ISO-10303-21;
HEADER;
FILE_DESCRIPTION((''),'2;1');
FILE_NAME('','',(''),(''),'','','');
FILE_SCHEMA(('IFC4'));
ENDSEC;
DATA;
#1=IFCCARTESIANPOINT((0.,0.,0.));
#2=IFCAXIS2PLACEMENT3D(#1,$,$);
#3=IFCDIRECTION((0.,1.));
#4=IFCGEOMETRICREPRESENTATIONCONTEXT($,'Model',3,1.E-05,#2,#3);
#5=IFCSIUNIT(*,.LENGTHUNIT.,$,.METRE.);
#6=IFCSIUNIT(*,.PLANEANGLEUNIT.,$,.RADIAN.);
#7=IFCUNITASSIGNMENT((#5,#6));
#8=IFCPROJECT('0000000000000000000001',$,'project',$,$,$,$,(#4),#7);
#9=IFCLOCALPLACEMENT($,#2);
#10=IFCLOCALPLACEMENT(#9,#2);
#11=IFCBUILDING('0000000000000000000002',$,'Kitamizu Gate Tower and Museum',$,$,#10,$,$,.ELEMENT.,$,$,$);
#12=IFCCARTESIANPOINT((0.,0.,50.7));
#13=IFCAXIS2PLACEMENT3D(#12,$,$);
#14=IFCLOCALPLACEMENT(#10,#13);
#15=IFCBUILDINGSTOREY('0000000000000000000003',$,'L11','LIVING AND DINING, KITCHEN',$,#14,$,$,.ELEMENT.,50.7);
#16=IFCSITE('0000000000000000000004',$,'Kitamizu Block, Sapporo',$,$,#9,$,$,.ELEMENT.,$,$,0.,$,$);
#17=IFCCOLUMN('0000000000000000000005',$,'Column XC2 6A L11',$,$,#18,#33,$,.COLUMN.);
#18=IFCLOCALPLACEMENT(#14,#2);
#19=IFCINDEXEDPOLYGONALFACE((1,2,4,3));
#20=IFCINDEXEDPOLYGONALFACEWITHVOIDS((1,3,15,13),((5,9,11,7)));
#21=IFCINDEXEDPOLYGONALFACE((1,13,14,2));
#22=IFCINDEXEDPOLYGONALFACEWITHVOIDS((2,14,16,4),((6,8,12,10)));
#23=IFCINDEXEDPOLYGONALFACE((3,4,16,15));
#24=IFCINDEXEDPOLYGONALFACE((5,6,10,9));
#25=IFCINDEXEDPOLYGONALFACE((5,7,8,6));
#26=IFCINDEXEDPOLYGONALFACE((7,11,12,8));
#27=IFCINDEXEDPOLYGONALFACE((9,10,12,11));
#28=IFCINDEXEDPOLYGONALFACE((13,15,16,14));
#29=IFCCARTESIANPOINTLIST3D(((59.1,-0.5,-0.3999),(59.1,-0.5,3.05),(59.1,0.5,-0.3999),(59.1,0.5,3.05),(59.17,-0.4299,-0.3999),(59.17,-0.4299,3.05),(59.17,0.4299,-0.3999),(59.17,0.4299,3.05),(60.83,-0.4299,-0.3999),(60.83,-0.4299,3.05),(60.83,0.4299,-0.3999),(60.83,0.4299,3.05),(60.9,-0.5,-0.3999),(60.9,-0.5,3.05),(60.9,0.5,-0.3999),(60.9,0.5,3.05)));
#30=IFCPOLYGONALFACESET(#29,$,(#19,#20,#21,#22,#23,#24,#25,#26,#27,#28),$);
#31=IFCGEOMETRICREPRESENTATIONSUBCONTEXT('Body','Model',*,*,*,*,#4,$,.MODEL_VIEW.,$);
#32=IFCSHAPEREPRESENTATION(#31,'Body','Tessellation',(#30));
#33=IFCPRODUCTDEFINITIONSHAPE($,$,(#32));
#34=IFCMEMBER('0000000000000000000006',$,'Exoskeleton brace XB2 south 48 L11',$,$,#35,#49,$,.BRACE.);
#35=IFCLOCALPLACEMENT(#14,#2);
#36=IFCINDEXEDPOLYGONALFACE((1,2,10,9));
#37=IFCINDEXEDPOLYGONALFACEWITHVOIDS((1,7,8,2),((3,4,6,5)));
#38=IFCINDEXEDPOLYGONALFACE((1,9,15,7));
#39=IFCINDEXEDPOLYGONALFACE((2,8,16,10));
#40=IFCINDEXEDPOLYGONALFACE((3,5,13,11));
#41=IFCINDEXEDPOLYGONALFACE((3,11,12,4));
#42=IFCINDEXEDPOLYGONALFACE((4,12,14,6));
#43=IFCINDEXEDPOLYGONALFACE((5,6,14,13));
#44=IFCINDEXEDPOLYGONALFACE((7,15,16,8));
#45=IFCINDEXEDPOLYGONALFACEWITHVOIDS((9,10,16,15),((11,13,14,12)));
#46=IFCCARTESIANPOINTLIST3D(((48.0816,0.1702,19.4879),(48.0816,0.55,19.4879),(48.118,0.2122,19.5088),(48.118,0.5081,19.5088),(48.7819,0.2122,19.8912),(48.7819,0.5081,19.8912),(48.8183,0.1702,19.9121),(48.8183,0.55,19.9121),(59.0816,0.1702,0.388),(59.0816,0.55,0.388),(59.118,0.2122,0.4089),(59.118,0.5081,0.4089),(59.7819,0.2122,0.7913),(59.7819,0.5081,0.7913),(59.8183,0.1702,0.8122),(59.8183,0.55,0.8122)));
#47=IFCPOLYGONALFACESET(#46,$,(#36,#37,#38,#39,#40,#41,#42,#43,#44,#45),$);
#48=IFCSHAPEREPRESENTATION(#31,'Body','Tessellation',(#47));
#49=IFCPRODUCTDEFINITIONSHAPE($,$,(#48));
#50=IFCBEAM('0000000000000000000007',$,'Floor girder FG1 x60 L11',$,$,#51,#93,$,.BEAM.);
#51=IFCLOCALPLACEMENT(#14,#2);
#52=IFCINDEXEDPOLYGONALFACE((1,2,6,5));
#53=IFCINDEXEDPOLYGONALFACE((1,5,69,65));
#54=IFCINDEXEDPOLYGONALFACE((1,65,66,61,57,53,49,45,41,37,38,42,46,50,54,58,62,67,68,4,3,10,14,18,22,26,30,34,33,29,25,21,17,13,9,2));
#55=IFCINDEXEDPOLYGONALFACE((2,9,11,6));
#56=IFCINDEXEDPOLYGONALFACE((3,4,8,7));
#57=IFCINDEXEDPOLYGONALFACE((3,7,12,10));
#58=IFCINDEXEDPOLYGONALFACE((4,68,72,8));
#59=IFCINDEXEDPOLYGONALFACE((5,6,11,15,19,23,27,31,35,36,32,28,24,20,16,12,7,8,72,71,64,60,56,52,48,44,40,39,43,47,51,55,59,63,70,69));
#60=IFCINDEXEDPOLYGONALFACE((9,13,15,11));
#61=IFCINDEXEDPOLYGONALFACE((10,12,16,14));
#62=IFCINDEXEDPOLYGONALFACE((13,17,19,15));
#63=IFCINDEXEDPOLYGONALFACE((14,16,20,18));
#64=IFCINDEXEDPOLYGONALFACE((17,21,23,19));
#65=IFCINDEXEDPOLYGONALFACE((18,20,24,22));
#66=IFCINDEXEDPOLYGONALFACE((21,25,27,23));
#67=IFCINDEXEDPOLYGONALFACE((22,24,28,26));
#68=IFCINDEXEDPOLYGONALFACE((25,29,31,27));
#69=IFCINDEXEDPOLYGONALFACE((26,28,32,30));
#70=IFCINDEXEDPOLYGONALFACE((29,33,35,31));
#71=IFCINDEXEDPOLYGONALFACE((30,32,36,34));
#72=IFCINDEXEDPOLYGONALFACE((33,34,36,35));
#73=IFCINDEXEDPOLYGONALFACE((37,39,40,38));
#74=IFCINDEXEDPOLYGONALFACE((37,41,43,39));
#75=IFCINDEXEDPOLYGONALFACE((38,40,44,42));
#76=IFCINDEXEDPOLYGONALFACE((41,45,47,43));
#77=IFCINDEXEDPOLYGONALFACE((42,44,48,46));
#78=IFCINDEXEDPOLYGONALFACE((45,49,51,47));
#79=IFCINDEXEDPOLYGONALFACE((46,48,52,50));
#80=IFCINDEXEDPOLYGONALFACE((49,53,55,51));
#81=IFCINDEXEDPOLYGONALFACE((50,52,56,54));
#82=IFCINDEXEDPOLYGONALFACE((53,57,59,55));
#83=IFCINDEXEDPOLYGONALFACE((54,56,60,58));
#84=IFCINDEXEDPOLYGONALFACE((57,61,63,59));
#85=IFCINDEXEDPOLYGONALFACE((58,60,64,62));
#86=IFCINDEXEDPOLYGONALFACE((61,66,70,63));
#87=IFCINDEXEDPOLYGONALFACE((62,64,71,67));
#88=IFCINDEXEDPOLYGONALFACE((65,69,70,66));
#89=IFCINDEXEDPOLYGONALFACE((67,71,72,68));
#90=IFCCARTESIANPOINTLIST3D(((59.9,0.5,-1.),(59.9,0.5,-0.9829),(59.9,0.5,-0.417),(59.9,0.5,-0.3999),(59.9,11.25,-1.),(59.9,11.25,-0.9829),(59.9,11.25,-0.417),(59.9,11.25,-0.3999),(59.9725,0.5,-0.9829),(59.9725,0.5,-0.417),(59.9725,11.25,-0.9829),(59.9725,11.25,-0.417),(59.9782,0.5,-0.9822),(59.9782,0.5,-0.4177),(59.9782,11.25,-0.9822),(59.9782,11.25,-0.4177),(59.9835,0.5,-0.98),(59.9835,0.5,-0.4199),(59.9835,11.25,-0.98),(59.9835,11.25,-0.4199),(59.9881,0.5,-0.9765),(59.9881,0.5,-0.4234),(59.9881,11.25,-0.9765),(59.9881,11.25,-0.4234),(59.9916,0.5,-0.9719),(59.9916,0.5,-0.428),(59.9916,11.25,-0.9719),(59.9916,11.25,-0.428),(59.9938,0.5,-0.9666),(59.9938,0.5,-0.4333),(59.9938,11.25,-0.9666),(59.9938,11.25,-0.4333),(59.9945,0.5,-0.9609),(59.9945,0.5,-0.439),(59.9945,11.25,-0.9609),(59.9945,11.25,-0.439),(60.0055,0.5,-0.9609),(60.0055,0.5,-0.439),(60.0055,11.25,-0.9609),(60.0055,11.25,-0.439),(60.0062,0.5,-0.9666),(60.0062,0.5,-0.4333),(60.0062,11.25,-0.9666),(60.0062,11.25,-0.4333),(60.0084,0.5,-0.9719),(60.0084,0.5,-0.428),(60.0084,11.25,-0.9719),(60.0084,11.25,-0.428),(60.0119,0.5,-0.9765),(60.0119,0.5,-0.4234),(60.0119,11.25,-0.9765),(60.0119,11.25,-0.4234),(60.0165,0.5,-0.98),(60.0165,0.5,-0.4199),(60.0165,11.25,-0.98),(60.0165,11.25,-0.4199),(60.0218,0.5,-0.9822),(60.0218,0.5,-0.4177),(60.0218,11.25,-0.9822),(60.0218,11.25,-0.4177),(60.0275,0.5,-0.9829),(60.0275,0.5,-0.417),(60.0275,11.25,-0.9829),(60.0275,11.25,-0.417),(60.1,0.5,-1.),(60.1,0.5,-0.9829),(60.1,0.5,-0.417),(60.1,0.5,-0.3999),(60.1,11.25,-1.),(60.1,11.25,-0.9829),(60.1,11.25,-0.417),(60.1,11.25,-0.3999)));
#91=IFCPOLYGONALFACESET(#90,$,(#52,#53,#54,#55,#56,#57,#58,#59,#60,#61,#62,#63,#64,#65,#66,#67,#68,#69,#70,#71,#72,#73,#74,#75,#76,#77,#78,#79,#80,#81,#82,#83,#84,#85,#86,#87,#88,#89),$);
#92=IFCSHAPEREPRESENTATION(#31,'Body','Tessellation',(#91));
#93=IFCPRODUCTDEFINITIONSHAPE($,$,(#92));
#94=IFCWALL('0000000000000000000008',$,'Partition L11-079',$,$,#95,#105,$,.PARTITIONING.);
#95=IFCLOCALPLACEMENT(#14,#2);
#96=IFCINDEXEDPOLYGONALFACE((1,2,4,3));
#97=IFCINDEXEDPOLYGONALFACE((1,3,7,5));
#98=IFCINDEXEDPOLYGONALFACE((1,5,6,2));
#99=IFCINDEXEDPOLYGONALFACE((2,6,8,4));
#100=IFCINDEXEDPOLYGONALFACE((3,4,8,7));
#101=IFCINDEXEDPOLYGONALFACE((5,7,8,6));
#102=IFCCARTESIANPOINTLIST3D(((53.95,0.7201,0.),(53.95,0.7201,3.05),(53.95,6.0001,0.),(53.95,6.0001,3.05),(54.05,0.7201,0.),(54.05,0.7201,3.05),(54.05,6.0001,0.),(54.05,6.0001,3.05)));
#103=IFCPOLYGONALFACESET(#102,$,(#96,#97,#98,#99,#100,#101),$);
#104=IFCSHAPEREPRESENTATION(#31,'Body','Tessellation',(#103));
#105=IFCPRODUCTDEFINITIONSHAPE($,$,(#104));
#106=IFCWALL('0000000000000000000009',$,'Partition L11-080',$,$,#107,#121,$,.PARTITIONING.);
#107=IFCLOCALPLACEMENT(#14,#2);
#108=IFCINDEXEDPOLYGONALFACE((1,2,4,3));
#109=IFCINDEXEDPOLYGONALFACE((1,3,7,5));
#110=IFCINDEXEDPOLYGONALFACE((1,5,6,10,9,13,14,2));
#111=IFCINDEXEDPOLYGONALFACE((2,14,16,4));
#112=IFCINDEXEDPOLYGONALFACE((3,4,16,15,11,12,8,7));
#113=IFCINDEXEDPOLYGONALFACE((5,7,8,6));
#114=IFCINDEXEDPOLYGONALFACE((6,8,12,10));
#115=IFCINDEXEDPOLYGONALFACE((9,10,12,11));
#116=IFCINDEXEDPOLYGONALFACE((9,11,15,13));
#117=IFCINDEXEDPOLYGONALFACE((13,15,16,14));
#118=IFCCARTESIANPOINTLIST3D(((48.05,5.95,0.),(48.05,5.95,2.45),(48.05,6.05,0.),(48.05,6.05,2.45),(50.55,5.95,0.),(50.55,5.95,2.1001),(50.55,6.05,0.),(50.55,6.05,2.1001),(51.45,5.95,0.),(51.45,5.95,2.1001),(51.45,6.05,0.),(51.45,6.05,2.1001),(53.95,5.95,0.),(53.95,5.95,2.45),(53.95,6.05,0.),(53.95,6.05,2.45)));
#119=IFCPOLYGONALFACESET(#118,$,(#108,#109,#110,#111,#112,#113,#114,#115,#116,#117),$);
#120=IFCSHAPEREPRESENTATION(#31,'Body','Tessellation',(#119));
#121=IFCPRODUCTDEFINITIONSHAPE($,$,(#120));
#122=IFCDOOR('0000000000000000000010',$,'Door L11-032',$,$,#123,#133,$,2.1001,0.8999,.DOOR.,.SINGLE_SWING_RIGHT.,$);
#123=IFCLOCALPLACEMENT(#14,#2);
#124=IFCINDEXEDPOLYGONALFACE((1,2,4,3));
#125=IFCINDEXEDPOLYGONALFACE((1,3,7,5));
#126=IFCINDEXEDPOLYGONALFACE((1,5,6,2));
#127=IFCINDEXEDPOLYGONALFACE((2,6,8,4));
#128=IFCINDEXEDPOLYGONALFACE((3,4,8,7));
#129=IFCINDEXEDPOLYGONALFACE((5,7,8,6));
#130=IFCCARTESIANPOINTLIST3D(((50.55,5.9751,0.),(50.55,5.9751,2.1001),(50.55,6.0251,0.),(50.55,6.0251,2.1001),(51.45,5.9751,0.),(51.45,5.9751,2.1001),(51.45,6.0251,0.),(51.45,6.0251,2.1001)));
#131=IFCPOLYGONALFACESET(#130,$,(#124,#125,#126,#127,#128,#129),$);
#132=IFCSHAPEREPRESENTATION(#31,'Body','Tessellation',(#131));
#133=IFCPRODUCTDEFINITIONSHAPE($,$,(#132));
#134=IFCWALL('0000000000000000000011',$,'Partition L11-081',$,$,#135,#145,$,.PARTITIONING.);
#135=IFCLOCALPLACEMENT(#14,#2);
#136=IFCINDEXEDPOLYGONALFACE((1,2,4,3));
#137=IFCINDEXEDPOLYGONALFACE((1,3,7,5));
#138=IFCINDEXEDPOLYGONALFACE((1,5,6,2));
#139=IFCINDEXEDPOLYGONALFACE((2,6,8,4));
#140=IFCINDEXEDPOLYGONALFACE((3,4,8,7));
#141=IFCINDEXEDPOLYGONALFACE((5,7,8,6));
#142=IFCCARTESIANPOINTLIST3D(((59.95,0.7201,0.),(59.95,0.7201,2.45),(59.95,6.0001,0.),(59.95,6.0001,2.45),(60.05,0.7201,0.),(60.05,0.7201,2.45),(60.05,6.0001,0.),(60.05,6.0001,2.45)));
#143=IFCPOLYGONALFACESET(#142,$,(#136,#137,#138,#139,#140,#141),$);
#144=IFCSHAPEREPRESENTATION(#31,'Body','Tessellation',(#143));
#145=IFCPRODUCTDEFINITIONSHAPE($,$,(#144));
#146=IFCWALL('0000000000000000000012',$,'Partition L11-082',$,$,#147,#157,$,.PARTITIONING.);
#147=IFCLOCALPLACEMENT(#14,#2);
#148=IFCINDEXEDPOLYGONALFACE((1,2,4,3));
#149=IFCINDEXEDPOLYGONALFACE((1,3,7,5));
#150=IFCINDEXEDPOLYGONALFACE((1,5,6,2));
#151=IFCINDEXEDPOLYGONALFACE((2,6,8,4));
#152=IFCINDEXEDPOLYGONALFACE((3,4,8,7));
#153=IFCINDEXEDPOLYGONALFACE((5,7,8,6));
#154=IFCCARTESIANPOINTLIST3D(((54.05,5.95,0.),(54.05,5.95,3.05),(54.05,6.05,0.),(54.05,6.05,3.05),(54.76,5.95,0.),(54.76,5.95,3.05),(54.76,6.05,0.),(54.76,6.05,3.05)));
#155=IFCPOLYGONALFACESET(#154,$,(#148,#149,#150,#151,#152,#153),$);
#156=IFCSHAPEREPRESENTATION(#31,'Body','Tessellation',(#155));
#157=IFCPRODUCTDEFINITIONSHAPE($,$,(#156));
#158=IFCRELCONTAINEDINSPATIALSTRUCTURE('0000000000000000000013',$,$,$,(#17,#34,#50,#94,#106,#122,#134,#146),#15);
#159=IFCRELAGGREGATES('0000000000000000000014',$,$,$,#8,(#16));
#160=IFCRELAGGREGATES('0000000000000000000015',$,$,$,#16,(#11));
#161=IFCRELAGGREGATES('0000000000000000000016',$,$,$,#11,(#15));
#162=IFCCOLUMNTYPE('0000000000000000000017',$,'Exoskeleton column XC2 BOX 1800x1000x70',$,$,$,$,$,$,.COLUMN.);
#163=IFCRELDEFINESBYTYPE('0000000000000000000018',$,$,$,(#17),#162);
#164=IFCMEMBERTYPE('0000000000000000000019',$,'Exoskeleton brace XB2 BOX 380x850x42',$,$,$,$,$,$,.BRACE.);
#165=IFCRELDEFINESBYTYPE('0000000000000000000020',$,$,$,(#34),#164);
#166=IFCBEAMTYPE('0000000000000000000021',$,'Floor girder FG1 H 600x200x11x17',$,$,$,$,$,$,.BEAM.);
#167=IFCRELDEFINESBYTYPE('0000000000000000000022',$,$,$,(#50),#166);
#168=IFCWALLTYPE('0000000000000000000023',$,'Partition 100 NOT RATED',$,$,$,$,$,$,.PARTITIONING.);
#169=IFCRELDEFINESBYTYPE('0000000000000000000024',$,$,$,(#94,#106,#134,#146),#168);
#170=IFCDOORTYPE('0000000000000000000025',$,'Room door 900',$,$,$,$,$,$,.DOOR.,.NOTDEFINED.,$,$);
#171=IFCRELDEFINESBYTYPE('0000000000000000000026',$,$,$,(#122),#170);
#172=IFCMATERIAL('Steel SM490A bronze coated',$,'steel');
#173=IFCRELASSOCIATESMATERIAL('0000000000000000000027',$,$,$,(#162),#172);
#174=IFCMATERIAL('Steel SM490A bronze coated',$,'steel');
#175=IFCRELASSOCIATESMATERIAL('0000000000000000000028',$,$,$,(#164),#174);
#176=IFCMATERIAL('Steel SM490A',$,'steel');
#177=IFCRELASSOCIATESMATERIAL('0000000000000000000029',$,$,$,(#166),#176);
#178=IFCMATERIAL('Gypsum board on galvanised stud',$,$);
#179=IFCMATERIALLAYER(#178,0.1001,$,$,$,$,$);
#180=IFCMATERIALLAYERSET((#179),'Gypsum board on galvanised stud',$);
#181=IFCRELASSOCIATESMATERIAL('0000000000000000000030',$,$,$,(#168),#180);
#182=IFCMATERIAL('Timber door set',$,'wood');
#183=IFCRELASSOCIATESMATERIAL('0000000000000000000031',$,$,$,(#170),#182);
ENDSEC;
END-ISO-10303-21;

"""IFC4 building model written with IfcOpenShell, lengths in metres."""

from ifc_helpers import new_model, si_unit, direction, frame, frame_2d, origin, origin_2d, place, context, subcontext, project, spatial, rectangle, hollow_rectangle, i_section, extrude, material, layer, layer_set, material_profile, profile_set, type_object, element, fill, save


model = new_model("IFC4")

# Units and contexts
model_context = context("Model", 3, precision=1e-05, world=origin(), true_north=direction((0.0, 1.0)))
body_context = subcontext(model_context, "Body", "Model", "MODEL_VIEW")
ifc_project = project(units=[si_unit("LENGTHUNIT", "METRE"), si_unit("PLANEANGLEUNIT", "RADIAN")], contexts=[model_context])

# Site, building, storey
site_placement = place(None, origin())
site = spatial("IfcSite", under=ifc_project, at=site_placement, Name="Kitamizu Block, Sapporo", CompositionType="ELEMENT", RefElevation=0.0)
building_placement = place(site_placement, origin())
building = spatial("IfcBuilding", under=site, at=building_placement, Name="Kitamizu Gate Tower and Museum", CompositionType="ELEMENT")
storey_placement = place(building_placement, frame((0.0, 0.0, 50.7)))
storey = spatial("IfcBuildingStorey", under=building, at=storey_placement, Name="L11", Description="LIVING AND DINING, KITCHEN", CompositionType="ELEMENT", Elevation=50.7)

# Column
ifc_material_1 = material(Name="Steel SM490A bronze coated", Category="steel")
ifc_material_profile_1 = material_profile(ifc_material_1, hollow_rectangle(XDim=1.8, YDim=1.0, WallThickness=0.0701, at=origin_2d()), Name="BOX 1800x1000x70")
ifc_profile_set_1 = profile_set([ifc_material_profile_1], Name="Steel SM490A bronze coated")
column_type = type_object("IfcColumnType", Name="Exoskeleton column XC2 BOX 1800x1000x70", PredefinedType="COLUMN", material=ifc_profile_set_1)
column_placement = place(storey_placement, frame((60.0, 0.0, -0.3999), z_axis=(0.0, 0.0, 1.0), x_axis=(1.0, 0.0, 0.0)))
element("IfcColumn", 1, at=column_placement, inside=storey, type_object=column_type, Name="Column XC2 6A L11", PredefinedType="COLUMN", context=body_context, shape_type="SweptSolid", body=[
    extrude(hollow_rectangle(XDim=1.8, YDim=1.0, WallThickness=0.0701, at=origin_2d()), origin(), (0.0, 0.0, 1.0), 3.45),
])

# Member
ifc_material_2 = material(Name="Steel SM490A bronze coated", Category="steel")
ifc_material_profile_2 = material_profile(ifc_material_2, hollow_rectangle(XDim=0.3799, YDim=0.8501, WallThickness=0.042, at=origin_2d()), Name="BOX 380x850x42")
ifc_profile_set_2 = profile_set([ifc_material_profile_2], Name="Steel SM490A bronze coated")
member_type = type_object("IfcMemberType", Name="Exoskeleton brace XB2 BOX 380x850x42", PredefinedType="BRACE", material=ifc_profile_set_2)
member_placement = place(storey_placement, frame((59.45, 0.3601, 0.6001), z_axis=(-0.499071, 0.0, 0.866561), x_axis=(0.0, -1.0, 0.0)))
element("IfcMember", 2, at=member_placement, inside=storey, type_object=member_type, Name="Exoskeleton brace XB2 south 48 L11", PredefinedType="BRACE", context=body_context, shape_type="SweptSolid", body=[
    extrude(hollow_rectangle(XDim=0.3799, YDim=0.8501, WallThickness=0.042, at=origin_2d()), origin(), (0.0, 0.0, 1.0), 22.041),
])

# Beam
ifc_material_3 = material(Name="Steel SM490A", Category="steel")
ifc_material_profile_3 = material_profile(ifc_material_3, i_section(OverallWidth=0.2, OverallDepth=0.6001, WebThickness=0.011, FlangeThickness=0.0171, FilletRadius=0.022, at=origin_2d()), Name="H-600x200x11x17")
ifc_profile_set_3 = profile_set([ifc_material_profile_3], Name="Steel SM490A")
beam_type = type_object("IfcBeamType", Name="Floor girder FG1 H 600x200x11x17", PredefinedType="BEAM", material=ifc_profile_set_3)
beam_placement = place(storey_placement, frame((60.0, 0.5, -0.7), z_axis=(0.0, 1.0, 0.0), x_axis=(-1.0, 0.0, 0.0)))
element("IfcBeam", 3, at=beam_placement, inside=storey, type_object=beam_type, Name="Floor girder FG1 x60 L11", PredefinedType="BEAM", context=body_context, shape_type="SweptSolid", body=[
    extrude(i_section(OverallWidth=0.2, OverallDepth=0.6001, WebThickness=0.011, FlangeThickness=0.0171, FilletRadius=0.022, at=origin_2d()), origin(), (0.0, 0.0, 1.0), 10.75),
])

# Wall
ifc_material_4 = material(Name="Gypsum board on galvanised stud")
ifc_layer = layer(ifc_material_4, 0.1001)
ifc_layer_set = layer_set([ifc_layer], Name="Gypsum board on galvanised stud")
wall_type = type_object("IfcWallType", Name="Partition 100 NOT RATED", PredefinedType="PARTITIONING", material=ifc_layer_set)
wall_1_placement = place(storey_placement, frame((54.0, 0.72, 0.0), z_axis=(0.0, 0.0, 1.0), x_axis=(0.0, 1.0, 0.0)))
element("IfcWall", 4, at=wall_1_placement, inside=storey, type_object=wall_type, Name="Partition L11-079", PredefinedType="PARTITIONING", context=body_context, shape_type="SweptSolid", body=[
    extrude(rectangle(XDim=5.28, YDim=0.1001, at=frame_2d((2.6401, 0.0))), origin(), (0.0, 0.0, 1.0), 3.05),
])

# Wall, opening, door
wall_2_placement = place(storey_placement, frame((53.95, 6.0, 0.0), z_axis=(0.0, 0.0, 1.0), x_axis=(-1.0, 0.0, 0.0)))
wall_2 = element("IfcWall", 5, at=wall_2_placement, inside=storey, type_object=wall_type, Name="Partition L11-080", PredefinedType="PARTITIONING", context=body_context, shape_type="SweptSolid", body=[
    extrude(rectangle(XDim=5.8999, YDim=0.1001, at=frame_2d((2.95, 0.0))), origin(), (0.0, 0.0, 1.0), 2.45),
])
opening_1_placement = place(wall_2_placement, frame((2.5, 0.0, 0.0)))
opening_1 = element("IfcOpeningElement", 6, at=opening_1_placement, cuts=wall_2, PredefinedType="OPENING", context=body_context, shape_type="SweptSolid", body=[
    extrude(rectangle(XDim=0.8999, YDim=2.1001, at=frame_2d((0.45, 1.05))), frame((0.0, 0.0601, 0.0), z_axis=(0.0, -1.0, 0.0), x_axis=(1.0, 0.0, 0.0)), (0.0, 0.0, 1.0), 0.1201),
])
ifc_material_5 = material(Name="Timber door set", Category="wood")
door_type = type_object("IfcDoorType", Name="Room door 900", OperationType="NOTDEFINED", PredefinedType="DOOR", material=ifc_material_5)
door_1_placement = place(opening_1_placement, origin())
door_1 = element("IfcDoor", 7, at=door_1_placement, inside=storey, type_object=door_type, Name="Door L11-032", OperationType="SINGLE_SWING_RIGHT", OverallHeight=2.1001, OverallWidth=0.8999, PredefinedType="DOOR", context=body_context, shape_type="SweptSolid", body=[
    extrude(rectangle(XDim=0.8999, YDim=2.1001, at=frame_2d((0.45, 1.05))), frame((0.0, 0.0249, 0.0), z_axis=(0.0, -1.0, 0.0), x_axis=(1.0, 0.0, 0.0)), (0.0, 0.0, 1.0), 0.05),
])
fill(opening_1, door_1)

# Walls
wall_3_placement = place(storey_placement, frame((60.0, 0.72, 0.0), z_axis=(0.0, 0.0, 1.0), x_axis=(0.0, 1.0, 0.0)))
element("IfcWall", 8, at=wall_3_placement, inside=storey, type_object=wall_type, Name="Partition L11-081", PredefinedType="PARTITIONING", context=body_context, shape_type="SweptSolid", body=[
    extrude(rectangle(XDim=5.28, YDim=0.1001, at=frame_2d((2.6401, 0.0))), origin(), (0.0, 0.0, 1.0), 2.45),
])
wall_4_placement = place(storey_placement, frame((54.76, 6.0, 0.0), z_axis=(0.0, 0.0, 1.0), x_axis=(-1.0, 0.0, 0.0)))
element("IfcWall", 9, at=wall_4_placement, inside=storey, type_object=wall_type, Name="Partition L11-082", PredefinedType="PARTITIONING", context=body_context, shape_type="SweptSolid", body=[
    extrude(rectangle(XDim=0.71, YDim=0.1001, at=frame_2d((0.355, 0.0))), origin(), (0.0, 0.0, 1.0), 3.05),
])

save(model, "model.ifc")
